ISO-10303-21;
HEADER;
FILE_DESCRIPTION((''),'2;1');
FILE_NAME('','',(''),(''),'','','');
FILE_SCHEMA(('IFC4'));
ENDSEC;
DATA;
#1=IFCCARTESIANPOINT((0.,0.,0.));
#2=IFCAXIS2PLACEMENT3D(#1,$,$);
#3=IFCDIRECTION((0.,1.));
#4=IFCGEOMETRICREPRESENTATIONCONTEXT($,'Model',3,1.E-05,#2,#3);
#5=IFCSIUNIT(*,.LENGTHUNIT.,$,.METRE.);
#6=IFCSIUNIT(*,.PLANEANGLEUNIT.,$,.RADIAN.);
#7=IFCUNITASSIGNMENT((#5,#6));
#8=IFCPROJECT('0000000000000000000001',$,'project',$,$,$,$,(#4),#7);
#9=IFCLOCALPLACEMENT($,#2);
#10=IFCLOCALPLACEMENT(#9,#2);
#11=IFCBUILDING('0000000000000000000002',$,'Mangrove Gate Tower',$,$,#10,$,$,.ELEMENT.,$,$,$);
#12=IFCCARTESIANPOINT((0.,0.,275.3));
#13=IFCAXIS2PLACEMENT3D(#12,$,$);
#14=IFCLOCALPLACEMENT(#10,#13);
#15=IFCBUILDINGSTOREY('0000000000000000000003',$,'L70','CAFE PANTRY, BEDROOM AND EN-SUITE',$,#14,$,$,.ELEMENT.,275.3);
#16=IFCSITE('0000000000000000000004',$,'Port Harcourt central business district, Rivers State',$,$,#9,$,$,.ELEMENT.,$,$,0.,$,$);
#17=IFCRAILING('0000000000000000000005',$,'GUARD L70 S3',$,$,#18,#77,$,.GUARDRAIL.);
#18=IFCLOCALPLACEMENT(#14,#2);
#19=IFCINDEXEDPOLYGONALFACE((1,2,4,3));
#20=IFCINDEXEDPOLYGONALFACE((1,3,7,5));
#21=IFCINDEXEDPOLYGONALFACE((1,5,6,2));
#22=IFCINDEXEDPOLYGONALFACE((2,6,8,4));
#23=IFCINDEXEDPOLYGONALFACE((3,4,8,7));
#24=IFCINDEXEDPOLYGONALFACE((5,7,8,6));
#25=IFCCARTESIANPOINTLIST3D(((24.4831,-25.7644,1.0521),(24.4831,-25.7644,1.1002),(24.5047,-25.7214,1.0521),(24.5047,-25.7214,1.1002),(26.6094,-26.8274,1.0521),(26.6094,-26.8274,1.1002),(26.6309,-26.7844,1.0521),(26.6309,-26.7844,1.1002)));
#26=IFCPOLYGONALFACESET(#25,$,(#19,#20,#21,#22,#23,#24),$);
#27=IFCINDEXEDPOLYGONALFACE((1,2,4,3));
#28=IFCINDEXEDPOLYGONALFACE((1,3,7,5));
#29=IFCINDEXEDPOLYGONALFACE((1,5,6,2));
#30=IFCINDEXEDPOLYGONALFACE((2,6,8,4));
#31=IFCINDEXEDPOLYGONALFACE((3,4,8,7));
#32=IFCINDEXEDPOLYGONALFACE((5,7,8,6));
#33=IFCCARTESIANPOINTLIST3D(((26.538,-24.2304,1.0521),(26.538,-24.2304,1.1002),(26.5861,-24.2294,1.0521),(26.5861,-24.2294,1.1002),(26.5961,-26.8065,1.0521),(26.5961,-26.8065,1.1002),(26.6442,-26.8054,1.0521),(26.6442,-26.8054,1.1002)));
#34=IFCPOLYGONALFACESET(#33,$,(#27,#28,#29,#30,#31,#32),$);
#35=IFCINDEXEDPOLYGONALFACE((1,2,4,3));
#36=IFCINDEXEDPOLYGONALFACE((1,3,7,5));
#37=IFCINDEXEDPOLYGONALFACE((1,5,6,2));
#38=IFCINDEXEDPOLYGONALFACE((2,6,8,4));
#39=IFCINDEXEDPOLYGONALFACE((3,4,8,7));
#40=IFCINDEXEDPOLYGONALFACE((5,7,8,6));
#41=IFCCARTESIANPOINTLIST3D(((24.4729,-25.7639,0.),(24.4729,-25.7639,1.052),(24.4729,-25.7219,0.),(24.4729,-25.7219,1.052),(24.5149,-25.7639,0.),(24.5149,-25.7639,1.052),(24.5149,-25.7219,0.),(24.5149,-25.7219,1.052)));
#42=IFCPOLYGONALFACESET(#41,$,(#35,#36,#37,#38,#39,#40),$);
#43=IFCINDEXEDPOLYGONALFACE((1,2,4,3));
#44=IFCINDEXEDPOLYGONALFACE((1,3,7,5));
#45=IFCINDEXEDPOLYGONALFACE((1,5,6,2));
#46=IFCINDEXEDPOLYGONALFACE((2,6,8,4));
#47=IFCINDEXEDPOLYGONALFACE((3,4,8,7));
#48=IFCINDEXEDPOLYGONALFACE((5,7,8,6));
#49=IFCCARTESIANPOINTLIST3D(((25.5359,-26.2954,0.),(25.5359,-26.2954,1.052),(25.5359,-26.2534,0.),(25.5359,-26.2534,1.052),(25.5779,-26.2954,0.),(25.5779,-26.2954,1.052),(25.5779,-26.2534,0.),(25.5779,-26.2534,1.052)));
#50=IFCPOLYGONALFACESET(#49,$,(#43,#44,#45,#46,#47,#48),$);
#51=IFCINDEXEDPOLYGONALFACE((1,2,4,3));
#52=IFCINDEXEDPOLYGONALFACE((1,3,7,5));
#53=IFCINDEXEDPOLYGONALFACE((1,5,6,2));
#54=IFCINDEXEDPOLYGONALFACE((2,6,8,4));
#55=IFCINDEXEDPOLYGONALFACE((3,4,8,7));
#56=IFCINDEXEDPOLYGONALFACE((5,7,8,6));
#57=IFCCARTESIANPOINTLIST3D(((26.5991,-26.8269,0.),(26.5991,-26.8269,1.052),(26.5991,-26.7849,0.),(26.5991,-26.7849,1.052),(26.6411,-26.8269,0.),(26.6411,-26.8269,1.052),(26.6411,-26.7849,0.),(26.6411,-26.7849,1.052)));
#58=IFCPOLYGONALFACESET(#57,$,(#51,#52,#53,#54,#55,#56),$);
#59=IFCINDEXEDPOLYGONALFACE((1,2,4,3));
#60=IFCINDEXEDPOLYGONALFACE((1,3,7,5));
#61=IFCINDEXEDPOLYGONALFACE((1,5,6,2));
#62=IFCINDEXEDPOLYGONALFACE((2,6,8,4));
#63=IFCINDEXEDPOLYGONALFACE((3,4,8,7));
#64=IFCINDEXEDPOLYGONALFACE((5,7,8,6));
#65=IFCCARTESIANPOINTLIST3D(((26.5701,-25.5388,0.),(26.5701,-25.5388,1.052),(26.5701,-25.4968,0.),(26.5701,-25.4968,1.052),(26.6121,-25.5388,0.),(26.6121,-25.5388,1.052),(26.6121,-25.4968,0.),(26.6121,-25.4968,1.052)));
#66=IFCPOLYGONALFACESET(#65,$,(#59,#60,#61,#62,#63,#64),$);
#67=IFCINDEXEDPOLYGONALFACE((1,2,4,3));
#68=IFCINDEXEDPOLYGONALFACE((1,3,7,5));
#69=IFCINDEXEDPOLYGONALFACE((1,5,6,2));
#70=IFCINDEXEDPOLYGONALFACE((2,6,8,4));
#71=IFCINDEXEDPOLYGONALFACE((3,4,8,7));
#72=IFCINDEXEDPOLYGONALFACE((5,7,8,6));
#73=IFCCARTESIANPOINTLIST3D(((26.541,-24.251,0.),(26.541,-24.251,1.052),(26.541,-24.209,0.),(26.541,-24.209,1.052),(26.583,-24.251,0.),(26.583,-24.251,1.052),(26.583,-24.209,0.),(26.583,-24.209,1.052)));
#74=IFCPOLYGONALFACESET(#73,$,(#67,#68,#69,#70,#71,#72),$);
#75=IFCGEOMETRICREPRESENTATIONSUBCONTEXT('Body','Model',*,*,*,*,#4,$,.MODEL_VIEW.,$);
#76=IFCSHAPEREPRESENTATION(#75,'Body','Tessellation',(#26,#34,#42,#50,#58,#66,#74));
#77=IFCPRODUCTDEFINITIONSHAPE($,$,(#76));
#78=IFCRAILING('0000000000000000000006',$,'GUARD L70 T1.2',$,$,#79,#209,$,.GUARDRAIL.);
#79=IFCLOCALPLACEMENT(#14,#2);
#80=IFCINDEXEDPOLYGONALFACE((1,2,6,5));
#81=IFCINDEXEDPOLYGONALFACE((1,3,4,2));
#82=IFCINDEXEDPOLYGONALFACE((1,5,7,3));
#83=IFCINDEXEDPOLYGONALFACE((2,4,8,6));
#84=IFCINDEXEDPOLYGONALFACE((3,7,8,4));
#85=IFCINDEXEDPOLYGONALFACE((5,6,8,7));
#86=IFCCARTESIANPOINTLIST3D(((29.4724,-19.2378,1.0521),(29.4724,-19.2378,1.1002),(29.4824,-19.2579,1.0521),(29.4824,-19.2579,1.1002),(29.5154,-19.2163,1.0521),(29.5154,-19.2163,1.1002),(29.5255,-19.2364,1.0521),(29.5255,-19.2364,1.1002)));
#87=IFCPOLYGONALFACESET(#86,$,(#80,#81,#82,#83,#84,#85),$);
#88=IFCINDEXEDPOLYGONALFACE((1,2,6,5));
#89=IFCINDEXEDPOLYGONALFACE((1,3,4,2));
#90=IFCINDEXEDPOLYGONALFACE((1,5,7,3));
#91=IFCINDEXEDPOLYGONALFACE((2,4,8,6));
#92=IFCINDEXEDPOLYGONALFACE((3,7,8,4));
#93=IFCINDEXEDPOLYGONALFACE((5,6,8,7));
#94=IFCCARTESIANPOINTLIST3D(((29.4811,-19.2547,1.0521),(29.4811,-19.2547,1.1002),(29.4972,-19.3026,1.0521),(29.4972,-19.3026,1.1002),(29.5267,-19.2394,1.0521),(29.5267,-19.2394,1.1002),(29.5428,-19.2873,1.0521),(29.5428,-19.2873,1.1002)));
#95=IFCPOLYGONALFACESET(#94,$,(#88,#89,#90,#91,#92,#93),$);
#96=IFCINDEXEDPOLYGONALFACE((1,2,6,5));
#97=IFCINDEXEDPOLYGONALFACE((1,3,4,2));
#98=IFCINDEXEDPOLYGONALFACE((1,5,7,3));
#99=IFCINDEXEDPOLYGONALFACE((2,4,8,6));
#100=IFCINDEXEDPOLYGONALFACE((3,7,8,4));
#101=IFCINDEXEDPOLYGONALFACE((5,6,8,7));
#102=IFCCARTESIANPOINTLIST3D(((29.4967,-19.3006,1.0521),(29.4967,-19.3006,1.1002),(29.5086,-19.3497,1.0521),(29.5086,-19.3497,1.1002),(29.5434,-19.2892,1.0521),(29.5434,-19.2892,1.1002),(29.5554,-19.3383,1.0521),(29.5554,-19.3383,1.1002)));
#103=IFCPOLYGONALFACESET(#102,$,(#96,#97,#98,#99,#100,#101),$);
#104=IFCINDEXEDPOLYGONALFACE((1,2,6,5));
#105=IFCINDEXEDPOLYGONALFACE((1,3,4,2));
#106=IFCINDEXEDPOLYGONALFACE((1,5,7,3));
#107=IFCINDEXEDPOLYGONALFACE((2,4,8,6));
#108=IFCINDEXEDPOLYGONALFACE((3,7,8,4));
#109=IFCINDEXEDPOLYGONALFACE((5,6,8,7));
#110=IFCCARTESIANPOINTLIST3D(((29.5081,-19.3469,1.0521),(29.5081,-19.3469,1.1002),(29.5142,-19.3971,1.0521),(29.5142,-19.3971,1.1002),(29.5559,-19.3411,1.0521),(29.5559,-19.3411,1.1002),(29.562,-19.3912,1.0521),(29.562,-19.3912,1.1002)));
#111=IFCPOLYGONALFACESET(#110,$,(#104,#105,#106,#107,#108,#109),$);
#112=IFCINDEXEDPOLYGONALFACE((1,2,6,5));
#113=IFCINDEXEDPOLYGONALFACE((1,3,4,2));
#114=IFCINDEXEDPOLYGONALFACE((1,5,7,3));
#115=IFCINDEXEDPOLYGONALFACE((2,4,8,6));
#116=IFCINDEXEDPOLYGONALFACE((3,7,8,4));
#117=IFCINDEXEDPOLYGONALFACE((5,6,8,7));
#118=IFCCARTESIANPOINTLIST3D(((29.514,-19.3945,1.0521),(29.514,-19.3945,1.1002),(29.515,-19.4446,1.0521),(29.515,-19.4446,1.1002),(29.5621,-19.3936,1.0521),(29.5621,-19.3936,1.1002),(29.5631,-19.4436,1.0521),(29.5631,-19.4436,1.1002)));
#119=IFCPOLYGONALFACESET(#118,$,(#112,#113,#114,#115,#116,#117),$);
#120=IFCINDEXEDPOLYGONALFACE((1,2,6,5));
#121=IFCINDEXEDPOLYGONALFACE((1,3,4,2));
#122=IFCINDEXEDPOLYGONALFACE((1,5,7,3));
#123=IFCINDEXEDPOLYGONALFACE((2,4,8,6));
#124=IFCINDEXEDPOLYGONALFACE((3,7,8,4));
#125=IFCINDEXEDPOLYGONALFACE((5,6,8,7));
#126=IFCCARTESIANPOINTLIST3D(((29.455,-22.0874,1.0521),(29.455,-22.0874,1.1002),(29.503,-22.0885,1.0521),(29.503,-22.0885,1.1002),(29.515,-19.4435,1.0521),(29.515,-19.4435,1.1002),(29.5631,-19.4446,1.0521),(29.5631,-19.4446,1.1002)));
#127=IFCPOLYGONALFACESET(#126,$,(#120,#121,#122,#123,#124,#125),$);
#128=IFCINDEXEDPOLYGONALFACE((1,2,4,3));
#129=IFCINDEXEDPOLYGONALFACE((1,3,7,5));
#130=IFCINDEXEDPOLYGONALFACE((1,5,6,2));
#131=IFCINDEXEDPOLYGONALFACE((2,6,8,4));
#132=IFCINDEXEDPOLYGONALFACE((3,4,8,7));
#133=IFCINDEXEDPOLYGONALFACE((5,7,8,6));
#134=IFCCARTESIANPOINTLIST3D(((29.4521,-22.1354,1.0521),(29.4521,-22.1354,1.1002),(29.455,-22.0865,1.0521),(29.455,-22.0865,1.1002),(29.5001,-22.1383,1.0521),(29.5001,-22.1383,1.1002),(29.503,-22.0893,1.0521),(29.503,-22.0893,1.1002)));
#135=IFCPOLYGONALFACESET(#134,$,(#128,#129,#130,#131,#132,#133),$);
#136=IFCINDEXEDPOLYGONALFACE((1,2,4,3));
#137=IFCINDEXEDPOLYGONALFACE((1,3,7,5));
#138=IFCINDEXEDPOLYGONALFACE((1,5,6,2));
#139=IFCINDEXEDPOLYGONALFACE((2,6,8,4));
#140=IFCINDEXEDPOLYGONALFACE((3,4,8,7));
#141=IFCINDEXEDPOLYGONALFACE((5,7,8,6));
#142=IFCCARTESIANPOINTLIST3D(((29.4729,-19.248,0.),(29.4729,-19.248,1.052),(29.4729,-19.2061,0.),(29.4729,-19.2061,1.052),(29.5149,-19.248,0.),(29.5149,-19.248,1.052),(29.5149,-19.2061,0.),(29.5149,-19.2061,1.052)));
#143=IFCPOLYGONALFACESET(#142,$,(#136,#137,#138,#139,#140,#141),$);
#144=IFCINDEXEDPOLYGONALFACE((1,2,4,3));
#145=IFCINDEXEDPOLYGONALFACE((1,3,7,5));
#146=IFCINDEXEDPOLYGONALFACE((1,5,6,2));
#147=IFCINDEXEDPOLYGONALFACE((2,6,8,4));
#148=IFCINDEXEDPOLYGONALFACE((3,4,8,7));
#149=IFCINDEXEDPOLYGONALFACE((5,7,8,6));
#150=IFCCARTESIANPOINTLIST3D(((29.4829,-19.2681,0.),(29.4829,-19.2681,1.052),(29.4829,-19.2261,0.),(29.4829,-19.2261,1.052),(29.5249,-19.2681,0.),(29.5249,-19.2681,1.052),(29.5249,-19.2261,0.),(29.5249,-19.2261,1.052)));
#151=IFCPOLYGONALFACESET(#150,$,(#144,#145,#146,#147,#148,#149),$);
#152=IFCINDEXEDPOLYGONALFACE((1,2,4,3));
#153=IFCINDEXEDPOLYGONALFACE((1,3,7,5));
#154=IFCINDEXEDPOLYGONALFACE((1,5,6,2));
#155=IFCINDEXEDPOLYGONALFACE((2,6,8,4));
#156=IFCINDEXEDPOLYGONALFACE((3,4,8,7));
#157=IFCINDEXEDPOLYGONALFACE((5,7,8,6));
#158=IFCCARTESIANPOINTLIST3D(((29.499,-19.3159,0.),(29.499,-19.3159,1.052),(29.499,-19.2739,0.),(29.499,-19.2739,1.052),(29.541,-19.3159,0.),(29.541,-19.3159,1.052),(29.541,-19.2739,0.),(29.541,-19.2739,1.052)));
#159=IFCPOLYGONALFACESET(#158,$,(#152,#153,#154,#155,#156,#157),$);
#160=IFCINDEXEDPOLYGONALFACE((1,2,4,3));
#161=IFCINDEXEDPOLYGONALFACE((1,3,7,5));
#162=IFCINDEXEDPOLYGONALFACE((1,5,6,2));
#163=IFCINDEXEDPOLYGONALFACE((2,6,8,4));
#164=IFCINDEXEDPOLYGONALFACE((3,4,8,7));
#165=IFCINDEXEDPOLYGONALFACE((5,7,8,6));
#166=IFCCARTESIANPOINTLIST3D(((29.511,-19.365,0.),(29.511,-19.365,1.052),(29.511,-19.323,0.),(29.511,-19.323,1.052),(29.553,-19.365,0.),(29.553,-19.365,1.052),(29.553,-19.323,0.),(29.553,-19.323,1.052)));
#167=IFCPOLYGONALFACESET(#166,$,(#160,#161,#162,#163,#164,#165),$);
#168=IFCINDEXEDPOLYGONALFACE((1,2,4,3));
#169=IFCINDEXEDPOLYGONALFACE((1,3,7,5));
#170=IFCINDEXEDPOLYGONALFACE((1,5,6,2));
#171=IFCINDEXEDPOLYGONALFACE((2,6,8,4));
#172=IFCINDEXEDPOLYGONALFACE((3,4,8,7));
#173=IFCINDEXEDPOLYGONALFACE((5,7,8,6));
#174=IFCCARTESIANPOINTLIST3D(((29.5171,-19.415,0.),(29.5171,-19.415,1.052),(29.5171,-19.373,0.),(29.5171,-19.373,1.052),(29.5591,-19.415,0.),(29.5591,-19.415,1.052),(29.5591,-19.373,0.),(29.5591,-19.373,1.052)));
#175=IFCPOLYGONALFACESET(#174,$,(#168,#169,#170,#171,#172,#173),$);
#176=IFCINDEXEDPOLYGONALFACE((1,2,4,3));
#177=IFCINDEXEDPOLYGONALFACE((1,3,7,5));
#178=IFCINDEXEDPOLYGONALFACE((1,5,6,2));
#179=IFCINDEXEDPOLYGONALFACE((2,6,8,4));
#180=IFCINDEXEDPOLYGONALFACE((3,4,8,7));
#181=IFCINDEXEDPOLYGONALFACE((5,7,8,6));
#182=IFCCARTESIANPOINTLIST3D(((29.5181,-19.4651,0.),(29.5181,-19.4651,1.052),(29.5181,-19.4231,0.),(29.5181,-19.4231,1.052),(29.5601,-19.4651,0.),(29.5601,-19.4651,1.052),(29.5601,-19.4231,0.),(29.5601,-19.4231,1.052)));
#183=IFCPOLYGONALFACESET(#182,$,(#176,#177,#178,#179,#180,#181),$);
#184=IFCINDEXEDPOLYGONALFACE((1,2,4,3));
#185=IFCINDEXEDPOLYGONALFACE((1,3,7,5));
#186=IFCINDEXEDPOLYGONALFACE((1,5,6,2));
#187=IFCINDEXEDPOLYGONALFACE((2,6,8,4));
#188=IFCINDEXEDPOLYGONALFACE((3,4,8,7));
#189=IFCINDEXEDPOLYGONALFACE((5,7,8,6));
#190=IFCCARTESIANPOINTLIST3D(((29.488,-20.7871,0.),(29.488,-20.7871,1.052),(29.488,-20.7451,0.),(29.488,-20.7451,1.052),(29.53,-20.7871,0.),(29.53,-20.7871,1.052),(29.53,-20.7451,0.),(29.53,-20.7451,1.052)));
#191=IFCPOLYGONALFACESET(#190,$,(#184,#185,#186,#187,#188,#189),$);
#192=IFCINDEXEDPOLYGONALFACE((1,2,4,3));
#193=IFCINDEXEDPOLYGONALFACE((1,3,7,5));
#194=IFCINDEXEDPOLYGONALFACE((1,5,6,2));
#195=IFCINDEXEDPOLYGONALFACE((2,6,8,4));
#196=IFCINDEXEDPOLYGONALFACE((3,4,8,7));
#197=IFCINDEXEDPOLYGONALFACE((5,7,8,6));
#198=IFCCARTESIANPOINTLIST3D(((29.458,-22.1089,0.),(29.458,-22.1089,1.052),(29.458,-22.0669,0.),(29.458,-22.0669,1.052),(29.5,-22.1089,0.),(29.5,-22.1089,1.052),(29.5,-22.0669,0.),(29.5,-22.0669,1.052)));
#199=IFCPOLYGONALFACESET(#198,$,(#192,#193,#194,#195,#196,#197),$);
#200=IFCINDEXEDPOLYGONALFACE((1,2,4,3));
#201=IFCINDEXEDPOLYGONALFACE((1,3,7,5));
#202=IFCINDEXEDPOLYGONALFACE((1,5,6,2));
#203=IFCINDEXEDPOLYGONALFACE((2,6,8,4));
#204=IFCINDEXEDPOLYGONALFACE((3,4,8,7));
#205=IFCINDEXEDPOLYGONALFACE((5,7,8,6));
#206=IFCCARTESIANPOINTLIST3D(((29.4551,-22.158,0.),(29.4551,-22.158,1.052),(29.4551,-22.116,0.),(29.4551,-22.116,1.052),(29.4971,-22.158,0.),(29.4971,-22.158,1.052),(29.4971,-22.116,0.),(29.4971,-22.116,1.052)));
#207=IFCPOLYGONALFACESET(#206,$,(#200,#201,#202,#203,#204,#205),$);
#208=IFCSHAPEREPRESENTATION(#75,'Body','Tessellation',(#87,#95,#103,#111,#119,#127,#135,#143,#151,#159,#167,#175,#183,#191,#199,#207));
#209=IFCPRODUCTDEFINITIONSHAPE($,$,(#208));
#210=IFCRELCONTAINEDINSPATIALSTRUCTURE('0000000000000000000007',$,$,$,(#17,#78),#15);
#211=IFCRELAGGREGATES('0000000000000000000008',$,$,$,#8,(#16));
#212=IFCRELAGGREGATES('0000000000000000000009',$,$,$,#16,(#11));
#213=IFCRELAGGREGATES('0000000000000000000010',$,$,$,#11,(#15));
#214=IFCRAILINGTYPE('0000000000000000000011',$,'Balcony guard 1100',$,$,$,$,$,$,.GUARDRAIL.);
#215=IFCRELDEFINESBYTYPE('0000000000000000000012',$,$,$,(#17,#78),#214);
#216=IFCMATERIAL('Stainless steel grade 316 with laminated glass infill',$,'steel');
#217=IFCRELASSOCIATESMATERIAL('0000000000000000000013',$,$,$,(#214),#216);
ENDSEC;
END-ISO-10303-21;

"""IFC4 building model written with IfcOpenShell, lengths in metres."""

from ifc_helpers import new_model, si_unit, direction, frame, origin, origin_2d, place, context, subcontext, project, spatial, rectangle, extrude, material, type_object, element, save


model = new_model("IFC4")

# Units and contexts
model_context = context("Model", 3, precision=1e-05, world=origin(), true_north=direction((0.0, 1.0)))
body_context = subcontext(model_context, "Body", "Model", "MODEL_VIEW")
ifc_project = project(units=[si_unit("LENGTHUNIT", "METRE"), si_unit("PLANEANGLEUNIT", "RADIAN")], contexts=[model_context])

# Site, building, storey
site_placement = place(None, origin())
site = spatial("IfcSite", under=ifc_project, at=site_placement, Name="Port Harcourt central business district, Rivers State", CompositionType="ELEMENT", RefElevation=0.0)
building_placement = place(site_placement, origin())
building = spatial("IfcBuilding", under=site, at=building_placement, Name="Mangrove Gate Tower", CompositionType="ELEMENT")
storey_placement = place(building_placement, frame((0.0, 0.0, 275.3)))
storey = spatial("IfcBuildingStorey", under=building, at=storey_placement, Name="L70", Description="CAFE PANTRY, BEDROOM AND EN-SUITE", CompositionType="ELEMENT", Elevation=275.3)

# Railings
ifc_material_1 = material(Name="Stainless steel grade 316 with laminated glass infill", Category="steel")
railing_type = type_object("IfcRailingType", Name="Balcony guard 1100", PredefinedType="GUARDRAIL", material=ifc_material_1)
railing_1_placement = place(storey_placement, frame((24.4939, -25.7429, 0.0)))
element("IfcRailing", 1, at=railing_1_placement, inside=storey, type_object=railing_type, Name="GUARD L70 S3", PredefinedType="GUARDRAIL", context=body_context, shape_type="SweptSolid", body=[
    extrude(rectangle(XDim=0.0481, YDim=0.0481, at=origin_2d()), frame((0.0, 0.0, 1.0762), z_axis=(0.894448, -0.447173, 0.0), x_axis=(0.447173, 0.894448, 0.0)), (0.0, 0.0, 1.0), 2.3772),
    extrude(rectangle(XDim=0.0481, YDim=0.0481, at=origin_2d()), frame((2.1262, -1.063, 1.0762), z_axis=(-0.022551, 0.999746, 0.0), x_axis=(-0.999746, -0.022551, 0.0)), (0.0, 0.0, 1.0), 2.5767),
    extrude(rectangle(XDim=0.042, YDim=0.042, at=origin_2d()), origin(), (0.0, 0.0, 1.0), 1.052),
    extrude(rectangle(XDim=0.042, YDim=0.042, at=origin_2d()), frame((1.063, -0.5315, 0.0)), (0.0, 0.0, 1.0), 1.052),
    extrude(rectangle(XDim=0.042, YDim=0.042, at=origin_2d()), frame((2.1262, -1.063, 0.0)), (0.0, 0.0, 1.0), 1.052),
    extrude(rectangle(XDim=0.042, YDim=0.042, at=origin_2d()), frame((2.0972, 0.2251, 0.0)), (0.0, 0.0, 1.0), 1.052),
    extrude(rectangle(XDim=0.042, YDim=0.042, at=origin_2d()), frame((2.0681, 1.5129, 0.0)), (0.0, 0.0, 1.0), 1.052),
])
railing_2_placement = place(storey_placement, frame((29.4939, -19.2271, 0.0)))
element("IfcRailing", 2, at=railing_2_placement, inside=storey, type_object=railing_type, Name="GUARD L70 T1.2", PredefinedType="GUARDRAIL", context=body_context, shape_type="SweptSolid", body=[
    extrude(rectangle(XDim=0.0481, YDim=0.0481, at=origin_2d()), frame((0.0, 0.0, 1.0762), z_axis=(0.447214, -0.894427, 0.0), x_axis=(0.894427, 0.447214, 0.0)), (0.0, 0.0, 1.0), 0.0225),
    extrude(rectangle(XDim=0.0481, YDim=0.0481, at=origin_2d()), frame((0.01, -0.02, 1.0762), z_axis=(0.319127, -0.947712, 0.0), x_axis=(0.947712, 0.319127, 0.0)), (0.0, 0.0, 1.0), 0.0505),
    extrude(rectangle(XDim=0.0481, YDim=0.0481, at=origin_2d()), frame((0.0261, -0.0679, 1.0762), z_axis=(0.236845, -0.971547, 0.0), x_axis=(0.971547, 0.236845, 0.0)), (0.0, 0.0, 1.0), 0.0505),
    extrude(rectangle(XDim=0.0481, YDim=0.0481, at=origin_2d()), frame((0.0381, -0.1169, 1.0762), z_axis=(0.121054, -0.992646, 0.0), x_axis=(0.992646, 0.121054, 0.0)), (0.0, 0.0, 1.0), 0.0505),
    extrude(rectangle(XDim=0.0481, YDim=0.0481, at=origin_2d()), frame((0.0442, -0.167, 1.0762), z_axis=(0.019508, -0.99981, 0.0), x_axis=(0.99981, 0.019508, 0.0)), (0.0, 0.0, 1.0), 0.05),
    extrude(rectangle(XDim=0.0481, YDim=0.0481, at=origin_2d()), frame((0.0452, -0.217, 1.0762), z_axis=(-0.022711, -0.999742, 0.0), x_axis=(0.999742, -0.022711, 0.0)), (0.0, 0.0, 1.0), 2.6445),
    extrude(rectangle(XDim=0.0481, YDim=0.0481, at=origin_2d()), frame((-0.0149, -2.8608, 1.0762), z_axis=(-0.059595, -0.998223, 0.0), x_axis=(0.998223, -0.059595, 0.0)), (0.0, 0.0, 1.0), 0.0491),
    extrude(rectangle(XDim=0.042, YDim=0.042, at=origin_2d()), origin(), (0.0, 0.0, 1.0), 1.052),
    extrude(rectangle(XDim=0.042, YDim=0.042, at=origin_2d()), frame((0.01, -0.02, 0.0)), (0.0, 0.0, 1.0), 1.052),
    extrude(rectangle(XDim=0.042, YDim=0.042, at=origin_2d()), frame((0.0261, -0.0679, 0.0)), (0.0, 0.0, 1.0), 1.052),
    extrude(rectangle(XDim=0.042, YDim=0.042, at=origin_2d()), frame((0.0381, -0.1169, 0.0)), (0.0, 0.0, 1.0), 1.052),
    extrude(rectangle(XDim=0.042, YDim=0.042, at=origin_2d()), frame((0.0442, -0.167, 0.0)), (0.0, 0.0, 1.0), 1.052),
    extrude(rectangle(XDim=0.042, YDim=0.042, at=origin_2d()), frame((0.0452, -0.217, 0.0)), (0.0, 0.0, 1.0), 1.052),
    extrude(rectangle(XDim=0.042, YDim=0.042, at=origin_2d()), frame((0.0151, -1.5391, 0.0)), (0.0, 0.0, 1.0), 1.052),
    extrude(rectangle(XDim=0.042, YDim=0.042, at=origin_2d()), frame((-0.0149, -2.8608, 0.0)), (0.0, 0.0, 1.0), 1.052),
    extrude(rectangle(XDim=0.042, YDim=0.042, at=origin_2d()), frame((-0.0178, -2.9099, 0.0)), (0.0, 0.0, 1.0), 1.052),
])

save(model, "model.ifc")
